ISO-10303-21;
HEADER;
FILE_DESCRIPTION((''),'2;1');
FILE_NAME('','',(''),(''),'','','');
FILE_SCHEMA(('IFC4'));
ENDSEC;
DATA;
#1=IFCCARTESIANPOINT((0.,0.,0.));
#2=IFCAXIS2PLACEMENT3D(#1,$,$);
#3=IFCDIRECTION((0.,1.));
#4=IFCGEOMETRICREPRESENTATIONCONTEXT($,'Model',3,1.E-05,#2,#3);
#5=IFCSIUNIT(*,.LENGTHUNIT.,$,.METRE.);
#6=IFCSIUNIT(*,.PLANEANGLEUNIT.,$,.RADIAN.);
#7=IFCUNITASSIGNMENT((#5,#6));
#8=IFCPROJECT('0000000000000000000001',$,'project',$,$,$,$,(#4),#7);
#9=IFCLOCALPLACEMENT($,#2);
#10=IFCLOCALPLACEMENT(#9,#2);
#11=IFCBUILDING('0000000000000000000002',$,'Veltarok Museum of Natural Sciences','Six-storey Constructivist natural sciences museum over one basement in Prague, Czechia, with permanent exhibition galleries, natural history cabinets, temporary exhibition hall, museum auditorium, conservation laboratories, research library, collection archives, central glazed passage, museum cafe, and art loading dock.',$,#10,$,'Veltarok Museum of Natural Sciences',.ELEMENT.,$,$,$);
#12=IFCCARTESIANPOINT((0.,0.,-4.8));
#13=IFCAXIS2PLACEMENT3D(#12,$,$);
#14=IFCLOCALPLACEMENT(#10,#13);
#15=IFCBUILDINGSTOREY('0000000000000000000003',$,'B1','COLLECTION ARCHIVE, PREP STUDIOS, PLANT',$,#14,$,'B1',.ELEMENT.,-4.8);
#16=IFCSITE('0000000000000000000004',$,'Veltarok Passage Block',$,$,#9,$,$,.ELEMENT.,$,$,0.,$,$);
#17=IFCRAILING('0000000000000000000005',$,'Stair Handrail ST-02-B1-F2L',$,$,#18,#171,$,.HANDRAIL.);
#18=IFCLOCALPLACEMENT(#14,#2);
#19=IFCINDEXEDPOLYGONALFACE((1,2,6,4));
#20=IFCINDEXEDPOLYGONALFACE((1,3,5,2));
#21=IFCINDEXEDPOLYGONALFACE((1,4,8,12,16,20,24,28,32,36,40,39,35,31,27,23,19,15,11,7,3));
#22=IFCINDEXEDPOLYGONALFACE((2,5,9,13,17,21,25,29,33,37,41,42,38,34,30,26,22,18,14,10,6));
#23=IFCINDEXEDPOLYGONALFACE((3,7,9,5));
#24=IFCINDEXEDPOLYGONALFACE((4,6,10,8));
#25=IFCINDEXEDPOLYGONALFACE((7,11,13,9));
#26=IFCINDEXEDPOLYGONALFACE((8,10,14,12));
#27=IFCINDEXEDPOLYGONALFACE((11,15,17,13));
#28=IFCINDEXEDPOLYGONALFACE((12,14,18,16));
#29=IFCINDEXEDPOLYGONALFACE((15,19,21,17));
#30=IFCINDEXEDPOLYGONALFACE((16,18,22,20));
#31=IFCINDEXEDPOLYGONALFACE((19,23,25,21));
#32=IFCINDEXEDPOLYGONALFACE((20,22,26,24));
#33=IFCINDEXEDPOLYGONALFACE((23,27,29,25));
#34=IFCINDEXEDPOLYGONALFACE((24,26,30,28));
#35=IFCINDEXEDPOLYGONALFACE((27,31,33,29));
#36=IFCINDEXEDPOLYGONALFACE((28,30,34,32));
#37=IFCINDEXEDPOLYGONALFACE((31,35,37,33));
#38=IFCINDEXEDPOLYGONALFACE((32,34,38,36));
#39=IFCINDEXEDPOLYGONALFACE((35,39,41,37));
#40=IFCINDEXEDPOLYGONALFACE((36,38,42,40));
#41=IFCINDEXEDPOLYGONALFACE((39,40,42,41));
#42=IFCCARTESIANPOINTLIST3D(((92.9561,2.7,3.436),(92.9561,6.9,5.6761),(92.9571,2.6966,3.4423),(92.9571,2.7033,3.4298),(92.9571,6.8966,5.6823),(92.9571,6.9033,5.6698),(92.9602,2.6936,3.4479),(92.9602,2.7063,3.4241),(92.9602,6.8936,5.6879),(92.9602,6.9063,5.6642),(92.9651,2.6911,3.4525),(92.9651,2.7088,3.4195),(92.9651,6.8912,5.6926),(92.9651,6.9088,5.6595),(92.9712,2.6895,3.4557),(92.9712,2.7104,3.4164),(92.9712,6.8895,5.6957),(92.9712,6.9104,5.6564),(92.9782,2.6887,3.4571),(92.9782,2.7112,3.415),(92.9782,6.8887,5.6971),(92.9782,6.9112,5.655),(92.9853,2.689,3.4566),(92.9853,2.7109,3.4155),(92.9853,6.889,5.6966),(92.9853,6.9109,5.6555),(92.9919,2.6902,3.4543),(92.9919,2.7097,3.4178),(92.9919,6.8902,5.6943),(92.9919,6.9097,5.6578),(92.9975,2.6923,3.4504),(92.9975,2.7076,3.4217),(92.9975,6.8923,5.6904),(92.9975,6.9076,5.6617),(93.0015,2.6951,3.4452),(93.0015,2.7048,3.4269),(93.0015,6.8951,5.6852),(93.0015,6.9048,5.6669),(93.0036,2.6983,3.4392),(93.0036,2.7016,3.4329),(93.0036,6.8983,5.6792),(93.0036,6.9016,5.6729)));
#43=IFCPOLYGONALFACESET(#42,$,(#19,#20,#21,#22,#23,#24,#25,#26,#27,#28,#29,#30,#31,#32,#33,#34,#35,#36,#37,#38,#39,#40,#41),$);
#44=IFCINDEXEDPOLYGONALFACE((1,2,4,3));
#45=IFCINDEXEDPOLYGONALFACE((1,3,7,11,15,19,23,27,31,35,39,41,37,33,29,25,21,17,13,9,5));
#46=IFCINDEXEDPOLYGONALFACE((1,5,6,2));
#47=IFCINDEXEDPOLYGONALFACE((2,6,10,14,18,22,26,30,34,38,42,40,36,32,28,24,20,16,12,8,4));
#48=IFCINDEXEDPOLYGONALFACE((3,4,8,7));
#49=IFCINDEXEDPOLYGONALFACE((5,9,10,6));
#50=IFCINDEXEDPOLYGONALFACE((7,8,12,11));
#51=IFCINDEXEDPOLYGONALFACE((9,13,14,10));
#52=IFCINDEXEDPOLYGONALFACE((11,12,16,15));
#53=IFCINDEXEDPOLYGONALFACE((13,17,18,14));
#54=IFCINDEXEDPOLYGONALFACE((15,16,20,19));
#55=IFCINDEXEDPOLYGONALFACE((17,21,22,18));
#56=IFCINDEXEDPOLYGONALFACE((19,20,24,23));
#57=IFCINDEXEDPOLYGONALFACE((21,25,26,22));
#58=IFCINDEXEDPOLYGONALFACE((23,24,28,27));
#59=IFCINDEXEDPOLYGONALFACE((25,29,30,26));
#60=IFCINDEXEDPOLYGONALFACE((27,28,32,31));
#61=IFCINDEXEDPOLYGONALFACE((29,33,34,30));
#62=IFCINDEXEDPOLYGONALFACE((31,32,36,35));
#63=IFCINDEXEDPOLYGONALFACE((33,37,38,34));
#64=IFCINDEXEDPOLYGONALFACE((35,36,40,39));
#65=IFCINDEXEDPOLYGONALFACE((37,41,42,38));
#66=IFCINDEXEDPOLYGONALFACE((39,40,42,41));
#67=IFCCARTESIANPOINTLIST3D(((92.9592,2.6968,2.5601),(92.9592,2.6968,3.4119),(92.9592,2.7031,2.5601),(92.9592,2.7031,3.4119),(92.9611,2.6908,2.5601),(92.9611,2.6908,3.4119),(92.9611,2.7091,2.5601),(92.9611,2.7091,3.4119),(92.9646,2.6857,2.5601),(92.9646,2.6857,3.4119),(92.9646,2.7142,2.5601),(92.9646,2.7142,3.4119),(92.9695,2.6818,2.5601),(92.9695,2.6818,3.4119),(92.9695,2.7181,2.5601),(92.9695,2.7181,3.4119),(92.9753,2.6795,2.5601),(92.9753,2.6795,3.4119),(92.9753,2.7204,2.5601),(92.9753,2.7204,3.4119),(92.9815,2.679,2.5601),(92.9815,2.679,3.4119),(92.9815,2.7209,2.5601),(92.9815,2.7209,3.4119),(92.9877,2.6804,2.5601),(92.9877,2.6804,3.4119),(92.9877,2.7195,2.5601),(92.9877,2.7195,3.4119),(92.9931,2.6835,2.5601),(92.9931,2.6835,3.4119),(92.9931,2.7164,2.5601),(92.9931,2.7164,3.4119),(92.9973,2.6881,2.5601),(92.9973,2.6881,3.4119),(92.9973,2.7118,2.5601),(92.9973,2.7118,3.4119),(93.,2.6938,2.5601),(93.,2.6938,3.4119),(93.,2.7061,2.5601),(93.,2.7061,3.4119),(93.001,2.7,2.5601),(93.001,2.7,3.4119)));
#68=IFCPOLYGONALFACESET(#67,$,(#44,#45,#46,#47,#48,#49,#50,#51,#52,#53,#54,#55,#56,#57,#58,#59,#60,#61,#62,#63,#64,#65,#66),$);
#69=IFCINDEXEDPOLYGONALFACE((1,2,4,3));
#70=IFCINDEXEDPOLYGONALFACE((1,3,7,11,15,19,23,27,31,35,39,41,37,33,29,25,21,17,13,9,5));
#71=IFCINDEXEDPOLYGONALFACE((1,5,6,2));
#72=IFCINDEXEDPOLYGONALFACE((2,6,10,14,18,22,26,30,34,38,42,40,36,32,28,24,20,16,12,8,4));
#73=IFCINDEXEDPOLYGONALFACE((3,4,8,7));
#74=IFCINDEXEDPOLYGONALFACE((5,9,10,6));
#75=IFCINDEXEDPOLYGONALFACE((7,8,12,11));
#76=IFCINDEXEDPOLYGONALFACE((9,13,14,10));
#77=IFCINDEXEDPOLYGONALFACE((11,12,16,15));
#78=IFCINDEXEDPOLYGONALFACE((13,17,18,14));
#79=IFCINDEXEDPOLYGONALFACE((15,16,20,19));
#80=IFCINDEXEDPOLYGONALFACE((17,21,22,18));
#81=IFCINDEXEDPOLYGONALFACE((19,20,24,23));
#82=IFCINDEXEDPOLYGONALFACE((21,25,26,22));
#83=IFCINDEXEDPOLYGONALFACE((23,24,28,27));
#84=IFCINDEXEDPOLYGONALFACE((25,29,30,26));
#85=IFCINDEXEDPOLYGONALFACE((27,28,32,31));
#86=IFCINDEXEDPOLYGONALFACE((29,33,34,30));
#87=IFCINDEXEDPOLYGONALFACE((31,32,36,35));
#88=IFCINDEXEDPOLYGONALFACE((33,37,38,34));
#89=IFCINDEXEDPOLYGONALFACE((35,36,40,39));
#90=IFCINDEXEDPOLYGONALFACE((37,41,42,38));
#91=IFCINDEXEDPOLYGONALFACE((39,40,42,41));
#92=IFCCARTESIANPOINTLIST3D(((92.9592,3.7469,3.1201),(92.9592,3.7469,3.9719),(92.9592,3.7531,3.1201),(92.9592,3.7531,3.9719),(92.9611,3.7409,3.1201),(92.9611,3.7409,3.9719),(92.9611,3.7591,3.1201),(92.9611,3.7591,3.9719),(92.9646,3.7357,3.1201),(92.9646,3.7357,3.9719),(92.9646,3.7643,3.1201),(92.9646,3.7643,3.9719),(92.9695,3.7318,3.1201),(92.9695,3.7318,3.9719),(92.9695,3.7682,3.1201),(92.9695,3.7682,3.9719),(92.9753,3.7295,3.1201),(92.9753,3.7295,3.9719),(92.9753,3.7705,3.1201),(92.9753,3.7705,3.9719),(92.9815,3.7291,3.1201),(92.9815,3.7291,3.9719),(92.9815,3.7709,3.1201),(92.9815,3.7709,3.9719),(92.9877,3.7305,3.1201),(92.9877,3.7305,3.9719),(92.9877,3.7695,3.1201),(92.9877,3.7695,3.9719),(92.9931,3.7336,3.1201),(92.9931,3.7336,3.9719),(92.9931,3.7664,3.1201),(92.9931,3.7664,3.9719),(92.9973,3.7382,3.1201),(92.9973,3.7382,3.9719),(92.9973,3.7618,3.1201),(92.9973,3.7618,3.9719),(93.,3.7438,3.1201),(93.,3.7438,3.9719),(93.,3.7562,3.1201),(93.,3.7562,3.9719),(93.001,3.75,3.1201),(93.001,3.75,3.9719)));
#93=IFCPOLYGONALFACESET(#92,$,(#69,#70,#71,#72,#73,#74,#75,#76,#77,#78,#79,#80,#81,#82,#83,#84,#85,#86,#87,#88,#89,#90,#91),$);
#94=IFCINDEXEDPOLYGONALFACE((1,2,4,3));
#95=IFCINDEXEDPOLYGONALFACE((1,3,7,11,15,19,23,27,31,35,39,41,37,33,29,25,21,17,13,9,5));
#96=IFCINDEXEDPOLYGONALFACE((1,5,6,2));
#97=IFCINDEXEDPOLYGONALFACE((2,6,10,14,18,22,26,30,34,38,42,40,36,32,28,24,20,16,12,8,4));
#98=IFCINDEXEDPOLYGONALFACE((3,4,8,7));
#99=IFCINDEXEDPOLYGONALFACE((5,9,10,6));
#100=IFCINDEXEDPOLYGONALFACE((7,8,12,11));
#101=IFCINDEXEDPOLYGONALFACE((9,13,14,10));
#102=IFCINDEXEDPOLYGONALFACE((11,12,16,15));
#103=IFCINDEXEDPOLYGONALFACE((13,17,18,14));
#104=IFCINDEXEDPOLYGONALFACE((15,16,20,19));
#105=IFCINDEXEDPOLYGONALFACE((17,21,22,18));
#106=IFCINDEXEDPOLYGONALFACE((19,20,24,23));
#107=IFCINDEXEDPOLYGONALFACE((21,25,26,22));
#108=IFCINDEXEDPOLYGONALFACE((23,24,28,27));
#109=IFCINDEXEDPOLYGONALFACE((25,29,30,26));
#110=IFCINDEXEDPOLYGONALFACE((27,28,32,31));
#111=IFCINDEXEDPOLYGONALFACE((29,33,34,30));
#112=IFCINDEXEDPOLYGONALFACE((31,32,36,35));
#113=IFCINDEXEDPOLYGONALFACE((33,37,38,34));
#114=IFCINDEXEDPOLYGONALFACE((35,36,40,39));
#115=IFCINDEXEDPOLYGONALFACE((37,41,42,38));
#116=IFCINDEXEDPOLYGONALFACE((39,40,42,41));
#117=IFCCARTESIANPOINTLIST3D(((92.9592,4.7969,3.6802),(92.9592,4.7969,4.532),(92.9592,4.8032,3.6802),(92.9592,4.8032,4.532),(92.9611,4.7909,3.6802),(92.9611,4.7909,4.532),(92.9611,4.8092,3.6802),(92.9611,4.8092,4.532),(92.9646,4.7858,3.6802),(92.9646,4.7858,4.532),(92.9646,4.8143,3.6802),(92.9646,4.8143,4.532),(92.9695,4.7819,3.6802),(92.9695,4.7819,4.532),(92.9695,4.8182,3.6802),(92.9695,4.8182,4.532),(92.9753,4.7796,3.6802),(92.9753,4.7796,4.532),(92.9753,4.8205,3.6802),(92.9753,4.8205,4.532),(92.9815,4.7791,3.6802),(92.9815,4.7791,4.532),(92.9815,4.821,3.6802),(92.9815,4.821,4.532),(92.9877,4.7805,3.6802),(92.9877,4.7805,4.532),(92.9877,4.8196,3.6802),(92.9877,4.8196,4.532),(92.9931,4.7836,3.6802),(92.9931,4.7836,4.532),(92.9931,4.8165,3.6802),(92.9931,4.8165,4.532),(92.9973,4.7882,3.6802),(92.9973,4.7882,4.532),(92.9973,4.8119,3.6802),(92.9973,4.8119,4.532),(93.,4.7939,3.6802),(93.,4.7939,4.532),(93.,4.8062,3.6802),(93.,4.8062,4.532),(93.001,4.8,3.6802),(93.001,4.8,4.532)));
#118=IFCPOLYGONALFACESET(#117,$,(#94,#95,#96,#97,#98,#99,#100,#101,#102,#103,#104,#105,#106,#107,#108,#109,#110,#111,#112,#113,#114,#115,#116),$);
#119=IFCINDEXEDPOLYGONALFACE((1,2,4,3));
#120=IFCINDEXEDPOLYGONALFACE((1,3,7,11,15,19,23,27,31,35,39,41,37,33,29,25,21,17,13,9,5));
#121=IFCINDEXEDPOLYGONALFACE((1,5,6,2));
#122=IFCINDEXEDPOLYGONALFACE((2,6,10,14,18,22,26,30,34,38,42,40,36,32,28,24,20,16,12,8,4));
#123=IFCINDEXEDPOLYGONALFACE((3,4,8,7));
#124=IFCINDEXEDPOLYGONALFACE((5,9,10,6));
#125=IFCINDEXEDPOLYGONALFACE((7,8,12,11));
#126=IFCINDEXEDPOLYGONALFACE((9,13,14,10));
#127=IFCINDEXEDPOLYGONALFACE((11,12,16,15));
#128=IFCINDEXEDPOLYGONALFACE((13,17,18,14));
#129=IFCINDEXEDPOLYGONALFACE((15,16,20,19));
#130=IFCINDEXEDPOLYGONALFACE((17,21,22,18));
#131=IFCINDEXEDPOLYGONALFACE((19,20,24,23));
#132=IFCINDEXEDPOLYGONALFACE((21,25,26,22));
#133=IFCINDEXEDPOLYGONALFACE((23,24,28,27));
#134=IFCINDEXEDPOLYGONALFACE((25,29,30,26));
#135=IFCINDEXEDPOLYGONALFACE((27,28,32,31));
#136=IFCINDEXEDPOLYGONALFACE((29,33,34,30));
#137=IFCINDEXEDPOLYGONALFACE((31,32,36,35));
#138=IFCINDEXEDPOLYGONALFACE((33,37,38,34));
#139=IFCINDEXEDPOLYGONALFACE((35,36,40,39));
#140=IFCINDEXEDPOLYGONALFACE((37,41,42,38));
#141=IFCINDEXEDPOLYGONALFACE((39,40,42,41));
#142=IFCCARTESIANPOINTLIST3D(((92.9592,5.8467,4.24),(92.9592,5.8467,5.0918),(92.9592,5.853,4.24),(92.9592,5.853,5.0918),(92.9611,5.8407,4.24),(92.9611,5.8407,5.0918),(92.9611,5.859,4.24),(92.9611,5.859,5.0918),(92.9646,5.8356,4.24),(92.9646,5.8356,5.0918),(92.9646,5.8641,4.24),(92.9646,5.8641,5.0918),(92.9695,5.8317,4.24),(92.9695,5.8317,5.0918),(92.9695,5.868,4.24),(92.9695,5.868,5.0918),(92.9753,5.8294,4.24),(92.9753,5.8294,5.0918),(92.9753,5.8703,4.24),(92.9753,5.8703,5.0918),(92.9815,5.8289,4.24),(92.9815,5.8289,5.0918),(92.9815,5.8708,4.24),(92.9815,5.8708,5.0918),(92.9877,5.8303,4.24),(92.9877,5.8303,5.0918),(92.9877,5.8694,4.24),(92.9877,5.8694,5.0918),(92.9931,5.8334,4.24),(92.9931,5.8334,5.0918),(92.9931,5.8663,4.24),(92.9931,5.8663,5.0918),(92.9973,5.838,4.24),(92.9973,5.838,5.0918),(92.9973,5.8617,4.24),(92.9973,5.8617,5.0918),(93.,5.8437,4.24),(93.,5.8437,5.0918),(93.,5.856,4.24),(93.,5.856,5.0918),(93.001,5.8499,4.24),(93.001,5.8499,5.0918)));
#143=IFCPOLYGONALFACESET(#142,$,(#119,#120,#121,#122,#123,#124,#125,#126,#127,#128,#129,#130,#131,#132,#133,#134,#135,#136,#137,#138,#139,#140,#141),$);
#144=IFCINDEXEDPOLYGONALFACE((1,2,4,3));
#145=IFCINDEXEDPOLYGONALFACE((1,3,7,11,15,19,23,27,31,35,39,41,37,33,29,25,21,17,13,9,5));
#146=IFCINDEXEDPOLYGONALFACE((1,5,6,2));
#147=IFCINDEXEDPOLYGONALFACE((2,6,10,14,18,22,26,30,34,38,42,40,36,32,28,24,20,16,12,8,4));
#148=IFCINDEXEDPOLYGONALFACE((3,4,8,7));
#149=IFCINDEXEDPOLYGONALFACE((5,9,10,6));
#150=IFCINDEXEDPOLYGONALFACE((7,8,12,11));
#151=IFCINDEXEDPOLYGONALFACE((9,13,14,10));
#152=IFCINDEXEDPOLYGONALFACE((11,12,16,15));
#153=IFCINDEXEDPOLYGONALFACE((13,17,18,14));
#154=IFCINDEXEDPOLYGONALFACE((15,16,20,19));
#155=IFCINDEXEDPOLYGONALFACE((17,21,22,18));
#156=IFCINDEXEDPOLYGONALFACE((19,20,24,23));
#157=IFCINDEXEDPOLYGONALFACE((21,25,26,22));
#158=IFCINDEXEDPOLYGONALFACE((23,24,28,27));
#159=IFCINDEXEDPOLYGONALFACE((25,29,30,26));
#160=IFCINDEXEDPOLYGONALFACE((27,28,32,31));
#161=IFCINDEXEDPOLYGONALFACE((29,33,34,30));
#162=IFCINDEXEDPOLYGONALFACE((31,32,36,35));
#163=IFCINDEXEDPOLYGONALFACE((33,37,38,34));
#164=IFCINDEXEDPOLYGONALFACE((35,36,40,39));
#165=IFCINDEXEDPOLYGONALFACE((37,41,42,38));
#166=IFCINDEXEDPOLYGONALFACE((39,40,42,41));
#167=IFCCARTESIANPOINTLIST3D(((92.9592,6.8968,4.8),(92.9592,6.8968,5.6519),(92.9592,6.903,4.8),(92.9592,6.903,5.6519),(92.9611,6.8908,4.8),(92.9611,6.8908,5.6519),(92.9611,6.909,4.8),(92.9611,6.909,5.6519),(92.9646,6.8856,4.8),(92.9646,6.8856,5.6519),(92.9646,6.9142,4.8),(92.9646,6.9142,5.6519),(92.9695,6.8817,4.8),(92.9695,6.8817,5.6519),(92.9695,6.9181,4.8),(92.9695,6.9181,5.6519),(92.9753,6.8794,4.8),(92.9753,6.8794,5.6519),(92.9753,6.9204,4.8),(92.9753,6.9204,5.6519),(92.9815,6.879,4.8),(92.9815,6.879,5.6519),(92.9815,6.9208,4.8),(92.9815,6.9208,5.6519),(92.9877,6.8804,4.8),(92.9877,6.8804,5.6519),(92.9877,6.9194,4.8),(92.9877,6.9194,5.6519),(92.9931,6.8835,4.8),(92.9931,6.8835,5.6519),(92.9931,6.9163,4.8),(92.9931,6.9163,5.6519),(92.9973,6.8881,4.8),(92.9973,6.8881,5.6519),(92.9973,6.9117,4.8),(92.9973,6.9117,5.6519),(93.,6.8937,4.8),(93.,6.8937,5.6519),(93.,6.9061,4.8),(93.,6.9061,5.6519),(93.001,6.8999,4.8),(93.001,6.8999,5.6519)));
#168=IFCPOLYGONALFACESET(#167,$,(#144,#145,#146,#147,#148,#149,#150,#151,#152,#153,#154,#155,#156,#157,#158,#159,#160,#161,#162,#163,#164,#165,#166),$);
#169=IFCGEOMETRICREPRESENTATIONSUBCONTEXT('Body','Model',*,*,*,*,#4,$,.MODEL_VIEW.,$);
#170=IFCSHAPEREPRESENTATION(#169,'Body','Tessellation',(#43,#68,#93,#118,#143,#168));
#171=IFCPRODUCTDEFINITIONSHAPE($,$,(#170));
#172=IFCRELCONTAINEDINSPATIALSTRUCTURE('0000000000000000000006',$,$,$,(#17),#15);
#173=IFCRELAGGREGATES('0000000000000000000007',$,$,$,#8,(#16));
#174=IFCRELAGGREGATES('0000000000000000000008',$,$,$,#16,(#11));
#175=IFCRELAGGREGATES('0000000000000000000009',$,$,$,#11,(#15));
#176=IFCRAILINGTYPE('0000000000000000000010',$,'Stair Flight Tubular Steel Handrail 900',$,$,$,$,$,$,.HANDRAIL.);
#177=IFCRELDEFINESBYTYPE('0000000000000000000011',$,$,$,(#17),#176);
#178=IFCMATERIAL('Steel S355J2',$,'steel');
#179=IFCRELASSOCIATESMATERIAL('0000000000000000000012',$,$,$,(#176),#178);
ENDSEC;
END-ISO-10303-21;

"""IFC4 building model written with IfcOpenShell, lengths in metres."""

from ifc_helpers import new_model, si_unit, direction, frame, origin, origin_2d, place, context, subcontext, project, spatial, circle, extrude, material, type_object, element, save


model = new_model("IFC4")

# Units and contexts
model_context = context("Model", 3, precision=1e-05, world=origin(), true_north=direction((0.0, 1.0)))
body_context = subcontext(model_context, "Body", "Model", "MODEL_VIEW")
ifc_project = project(units=[si_unit("LENGTHUNIT", "METRE"), si_unit("PLANEANGLEUNIT", "RADIAN")], contexts=[model_context])

# Site, building, storey
site_placement = place(None, origin())
site = spatial("IfcSite", under=ifc_project, at=site_placement, Name="Veltarok Passage Block", CompositionType="ELEMENT", RefElevation=0.0)
building_placement = place(site_placement, origin())
building = spatial("IfcBuilding", under=site, at=building_placement, Name="Veltarok Museum of Natural Sciences", Description="Six-storey Constructivist natural sciences museum over one basement in Prague, Czechia, with permanent exhibition galleries, natural history cabinets, temporary exhibition hall, museum auditorium, conservation laboratories, research library, collection archives, central glazed passage, museum cafe, and art loading dock.", LongName="Veltarok Museum of Natural Sciences", CompositionType="ELEMENT")
storey_placement = place(building_placement, frame((0.0, 0.0, -4.8)))
storey = spatial("IfcBuildingStorey", under=building, at=storey_placement, Name="B1", Description="COLLECTION ARCHIVE, PREP STUDIOS, PLANT", LongName="B1", CompositionType="ELEMENT", Elevation=-4.8)

# Shared definitions
ifc_material_1 = material(Name="Steel S355J2", Category="steel")

# Railing
railing_type_1 = type_object("IfcRailingType", Name="Stair Flight Tubular Steel Handrail 900", PredefinedType="HANDRAIL", material=ifc_material_1)
railing_1_placement = place(storey_placement, frame((92.98, 2.7, 2.5601)))
element("IfcRailing", 1, at=railing_1_placement, inside=storey, type_object=railing_type_1, Name="Stair Handrail ST-02-B1-F2L", PredefinedType="HANDRAIL", context=body_context, shape_type="SweptSolid", body=[
    extrude(circle(Radius=0.0239, at=origin_2d()), frame((0.0, 0.0, 0.876), z_axis=(0.0, 0.882352, 0.470591), x_axis=(-1.0, 0.0, 0.0)), (0.0, 0.0, 1.0), 4.76),
    extrude(circle(Radius=0.021, at=origin_2d()), origin(), (0.0, 0.0, 1.0), 0.8518),
    extrude(circle(Radius=0.021, at=origin_2d()), frame((0.0, 1.05, 0.5601)), (0.0, 0.0, 1.0), 0.8518),
    extrude(circle(Radius=0.021, at=origin_2d()), frame((0.0, 2.1001, 1.1201)), (0.0, 0.0, 1.0), 0.8518),
    extrude(circle(Radius=0.021, at=origin_2d()), frame((0.0, 3.1499, 1.6799)), (0.0, 0.0, 1.0), 0.8518),
    extrude(circle(Radius=0.021, at=origin_2d()), frame((0.0, 4.2, 2.24)), (0.0, 0.0, 1.0), 0.8518),
])

save(model, "model.ifc")
